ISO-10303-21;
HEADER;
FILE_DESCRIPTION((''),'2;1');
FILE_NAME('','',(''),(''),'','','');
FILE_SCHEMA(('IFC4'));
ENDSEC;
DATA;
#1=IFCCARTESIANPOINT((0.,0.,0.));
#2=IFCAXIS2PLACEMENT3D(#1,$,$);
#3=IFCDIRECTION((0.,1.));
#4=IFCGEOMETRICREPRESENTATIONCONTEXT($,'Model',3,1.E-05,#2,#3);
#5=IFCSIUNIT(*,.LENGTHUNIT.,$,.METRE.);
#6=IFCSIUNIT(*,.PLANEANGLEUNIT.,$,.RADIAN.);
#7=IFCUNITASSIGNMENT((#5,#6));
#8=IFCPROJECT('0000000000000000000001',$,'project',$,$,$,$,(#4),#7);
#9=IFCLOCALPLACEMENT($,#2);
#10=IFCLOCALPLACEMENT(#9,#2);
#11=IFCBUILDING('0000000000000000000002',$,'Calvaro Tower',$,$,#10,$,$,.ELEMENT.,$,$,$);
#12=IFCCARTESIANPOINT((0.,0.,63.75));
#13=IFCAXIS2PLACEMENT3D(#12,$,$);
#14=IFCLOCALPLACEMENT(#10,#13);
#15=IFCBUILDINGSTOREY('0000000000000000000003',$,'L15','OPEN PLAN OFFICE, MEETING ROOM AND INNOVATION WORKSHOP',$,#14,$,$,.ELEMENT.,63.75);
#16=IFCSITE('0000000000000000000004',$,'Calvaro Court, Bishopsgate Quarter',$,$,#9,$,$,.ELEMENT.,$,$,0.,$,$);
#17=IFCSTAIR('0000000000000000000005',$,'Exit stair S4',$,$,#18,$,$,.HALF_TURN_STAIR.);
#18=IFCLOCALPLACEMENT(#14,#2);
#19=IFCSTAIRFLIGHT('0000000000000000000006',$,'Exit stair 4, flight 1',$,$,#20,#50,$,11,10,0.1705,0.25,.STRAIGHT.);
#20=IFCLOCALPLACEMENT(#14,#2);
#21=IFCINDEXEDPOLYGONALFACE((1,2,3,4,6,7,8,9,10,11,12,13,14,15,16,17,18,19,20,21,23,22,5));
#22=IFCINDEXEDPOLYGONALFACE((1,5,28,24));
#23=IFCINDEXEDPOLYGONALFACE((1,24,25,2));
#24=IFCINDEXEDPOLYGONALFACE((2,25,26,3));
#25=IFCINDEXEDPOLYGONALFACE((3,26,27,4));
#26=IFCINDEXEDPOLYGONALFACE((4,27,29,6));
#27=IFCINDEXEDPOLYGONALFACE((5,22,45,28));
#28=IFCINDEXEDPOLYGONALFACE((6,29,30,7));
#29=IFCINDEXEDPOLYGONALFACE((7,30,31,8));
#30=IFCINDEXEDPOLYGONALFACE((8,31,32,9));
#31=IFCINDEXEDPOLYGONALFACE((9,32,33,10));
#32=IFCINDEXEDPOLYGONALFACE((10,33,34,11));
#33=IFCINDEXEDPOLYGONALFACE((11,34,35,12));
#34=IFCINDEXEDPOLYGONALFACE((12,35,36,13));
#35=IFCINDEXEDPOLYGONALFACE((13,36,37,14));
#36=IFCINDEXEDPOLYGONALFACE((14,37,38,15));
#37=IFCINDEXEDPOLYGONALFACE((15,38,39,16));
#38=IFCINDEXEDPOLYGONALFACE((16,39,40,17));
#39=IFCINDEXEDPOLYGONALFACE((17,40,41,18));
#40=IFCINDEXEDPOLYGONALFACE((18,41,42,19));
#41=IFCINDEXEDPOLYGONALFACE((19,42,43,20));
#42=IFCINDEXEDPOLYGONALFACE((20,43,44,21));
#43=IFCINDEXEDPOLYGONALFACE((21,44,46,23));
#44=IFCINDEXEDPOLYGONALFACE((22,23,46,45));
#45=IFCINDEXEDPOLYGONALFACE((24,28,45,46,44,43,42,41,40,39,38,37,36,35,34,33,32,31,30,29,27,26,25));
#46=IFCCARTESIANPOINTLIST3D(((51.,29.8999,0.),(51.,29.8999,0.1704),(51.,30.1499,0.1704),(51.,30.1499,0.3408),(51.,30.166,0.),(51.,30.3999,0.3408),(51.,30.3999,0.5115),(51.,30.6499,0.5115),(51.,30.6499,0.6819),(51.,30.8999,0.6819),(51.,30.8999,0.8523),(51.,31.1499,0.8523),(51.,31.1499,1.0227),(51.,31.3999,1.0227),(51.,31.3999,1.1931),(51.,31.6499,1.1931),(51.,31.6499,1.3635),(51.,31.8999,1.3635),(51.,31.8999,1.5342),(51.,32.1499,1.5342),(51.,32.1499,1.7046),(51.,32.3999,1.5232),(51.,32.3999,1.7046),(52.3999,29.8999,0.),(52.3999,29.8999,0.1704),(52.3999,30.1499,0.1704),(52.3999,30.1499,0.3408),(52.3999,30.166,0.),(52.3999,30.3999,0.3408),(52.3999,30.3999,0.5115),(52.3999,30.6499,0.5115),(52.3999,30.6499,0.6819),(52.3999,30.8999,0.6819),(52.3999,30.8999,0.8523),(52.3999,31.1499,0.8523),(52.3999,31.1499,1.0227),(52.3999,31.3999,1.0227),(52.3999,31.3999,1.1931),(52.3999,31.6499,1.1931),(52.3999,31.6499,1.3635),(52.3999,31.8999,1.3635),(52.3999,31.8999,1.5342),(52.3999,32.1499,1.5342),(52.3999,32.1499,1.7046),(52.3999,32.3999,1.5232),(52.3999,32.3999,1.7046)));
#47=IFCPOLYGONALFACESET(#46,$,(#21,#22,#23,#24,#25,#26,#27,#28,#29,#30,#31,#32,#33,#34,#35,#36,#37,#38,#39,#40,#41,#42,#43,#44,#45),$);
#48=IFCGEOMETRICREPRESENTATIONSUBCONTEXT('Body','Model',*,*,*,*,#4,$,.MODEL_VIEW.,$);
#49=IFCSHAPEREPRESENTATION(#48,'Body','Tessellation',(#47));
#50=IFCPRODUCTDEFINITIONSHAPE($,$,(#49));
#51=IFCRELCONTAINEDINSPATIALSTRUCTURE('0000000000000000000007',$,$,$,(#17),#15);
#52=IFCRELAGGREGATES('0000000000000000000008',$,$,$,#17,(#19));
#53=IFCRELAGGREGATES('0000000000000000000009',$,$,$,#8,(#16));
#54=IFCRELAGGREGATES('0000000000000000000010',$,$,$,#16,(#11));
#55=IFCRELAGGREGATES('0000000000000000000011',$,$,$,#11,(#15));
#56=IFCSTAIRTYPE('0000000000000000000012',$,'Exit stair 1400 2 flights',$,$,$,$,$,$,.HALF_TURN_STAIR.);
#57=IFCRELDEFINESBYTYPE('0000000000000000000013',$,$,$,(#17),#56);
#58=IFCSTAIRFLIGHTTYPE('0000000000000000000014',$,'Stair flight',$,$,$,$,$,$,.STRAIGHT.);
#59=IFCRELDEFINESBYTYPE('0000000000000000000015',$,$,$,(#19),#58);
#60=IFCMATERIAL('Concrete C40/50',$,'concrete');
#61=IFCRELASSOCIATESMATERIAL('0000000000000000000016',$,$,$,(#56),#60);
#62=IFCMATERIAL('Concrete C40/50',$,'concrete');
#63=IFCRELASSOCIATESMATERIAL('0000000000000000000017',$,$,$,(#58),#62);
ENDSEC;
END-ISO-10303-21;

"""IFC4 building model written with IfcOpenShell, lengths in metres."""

from ifc_helpers import new_model, si_unit, direction, frame, origin, place, context, subcontext, project, spatial, polyline, outline, extrude, material, type_object, element, aggregate, save


model = new_model("IFC4")

# Units and contexts
model_context = context("Model", 3, precision=1e-05, world=origin(), true_north=direction((0.0, 1.0)))
body_context = subcontext(model_context, "Body", "Model", "MODEL_VIEW")
ifc_project = project(units=[si_unit("LENGTHUNIT", "METRE"), si_unit("PLANEANGLEUNIT", "RADIAN")], contexts=[model_context])

# Site, building, storey
site_placement = place(None, origin())
site = spatial("IfcSite", under=ifc_project, at=site_placement, Name="Calvaro Court, Bishopsgate Quarter", CompositionType="ELEMENT", RefElevation=0.0)
building_placement = place(site_placement, origin())
building = spatial("IfcBuilding", under=site, at=building_placement, Name="Calvaro Tower", CompositionType="ELEMENT")
storey_placement = place(building_placement, frame((0.0, 0.0, 63.75)))
storey = spatial("IfcBuildingStorey", under=building, at=storey_placement, Name="L15", Description="OPEN PLAN OFFICE, MEETING ROOM AND INNOVATION WORKSHOP", CompositionType="ELEMENT", Elevation=63.75)

# Stair, stair flight
ifc_material_1 = material(Name="Concrete C40/50", Category="concrete")
stair_type = type_object("IfcStairType", Name="Exit stair 1400 2 flights", PredefinedType="HALF_TURN_STAIR", material=ifc_material_1)
ifc_material_2 = material(Name="Concrete C40/50", Category="concrete")
stair_flight_type = type_object("IfcStairFlightType", Name="Stair flight", PredefinedType="STRAIGHT", material=ifc_material_2)
stair_1_placement = place(storey_placement, origin())
stair_1 = element("IfcStair", 1, at=stair_1_placement, inside=storey, type_object=stair_type, Name="Exit stair S4", PredefinedType="HALF_TURN_STAIR")
stair_flight_1_placement = place(storey_placement, frame((51.7, 29.8999, 0.0), z_axis=(0.0, 0.0, 1.0), x_axis=(0.0, 1.0, 0.0)))
stair_flight_1 = element("IfcStairFlight", 2, at=stair_flight_1_placement, type_object=stair_flight_type, Name="Exit stair 4, flight 1", NumberOfRisers=11, NumberOfTreads=10, PredefinedType="STRAIGHT", RiserHeight=0.1705, TreadLength=0.25, context=body_context, shape_type="SweptSolid", body=[
    extrude(outline(polyline([(0.0, 0.0), (0.0, 0.1704), (0.25, 0.1704), (0.25, 0.3408), (0.5, 0.3408), (0.5, 0.5115), (0.75, 0.5115), (0.75, 0.6819), (1.0, 0.6819), (1.0, 0.8523), (1.25, 0.8523), (1.25, 1.0227), (1.5, 1.0227), (1.5, 1.1931), (1.75, 1.1931), (1.75, 1.3635), (2.0, 1.3635), (2.0, 1.5342), (2.25, 1.5342), (2.25, 1.7046), (2.5, 1.7046), (2.5, 1.875), (2.5, 1.5232), (0.2661, 0.0), (0.0, 0.0)])), frame((0.0, 0.7, 0.0), z_axis=(0.0, -1.0, 0.0), x_axis=(1.0, 0.0, 0.0)), (0.0, 0.0, 1.0), 1.3999),
])

aggregate(stair_1, [stair_flight_1])

save(model, "model.ifc")
